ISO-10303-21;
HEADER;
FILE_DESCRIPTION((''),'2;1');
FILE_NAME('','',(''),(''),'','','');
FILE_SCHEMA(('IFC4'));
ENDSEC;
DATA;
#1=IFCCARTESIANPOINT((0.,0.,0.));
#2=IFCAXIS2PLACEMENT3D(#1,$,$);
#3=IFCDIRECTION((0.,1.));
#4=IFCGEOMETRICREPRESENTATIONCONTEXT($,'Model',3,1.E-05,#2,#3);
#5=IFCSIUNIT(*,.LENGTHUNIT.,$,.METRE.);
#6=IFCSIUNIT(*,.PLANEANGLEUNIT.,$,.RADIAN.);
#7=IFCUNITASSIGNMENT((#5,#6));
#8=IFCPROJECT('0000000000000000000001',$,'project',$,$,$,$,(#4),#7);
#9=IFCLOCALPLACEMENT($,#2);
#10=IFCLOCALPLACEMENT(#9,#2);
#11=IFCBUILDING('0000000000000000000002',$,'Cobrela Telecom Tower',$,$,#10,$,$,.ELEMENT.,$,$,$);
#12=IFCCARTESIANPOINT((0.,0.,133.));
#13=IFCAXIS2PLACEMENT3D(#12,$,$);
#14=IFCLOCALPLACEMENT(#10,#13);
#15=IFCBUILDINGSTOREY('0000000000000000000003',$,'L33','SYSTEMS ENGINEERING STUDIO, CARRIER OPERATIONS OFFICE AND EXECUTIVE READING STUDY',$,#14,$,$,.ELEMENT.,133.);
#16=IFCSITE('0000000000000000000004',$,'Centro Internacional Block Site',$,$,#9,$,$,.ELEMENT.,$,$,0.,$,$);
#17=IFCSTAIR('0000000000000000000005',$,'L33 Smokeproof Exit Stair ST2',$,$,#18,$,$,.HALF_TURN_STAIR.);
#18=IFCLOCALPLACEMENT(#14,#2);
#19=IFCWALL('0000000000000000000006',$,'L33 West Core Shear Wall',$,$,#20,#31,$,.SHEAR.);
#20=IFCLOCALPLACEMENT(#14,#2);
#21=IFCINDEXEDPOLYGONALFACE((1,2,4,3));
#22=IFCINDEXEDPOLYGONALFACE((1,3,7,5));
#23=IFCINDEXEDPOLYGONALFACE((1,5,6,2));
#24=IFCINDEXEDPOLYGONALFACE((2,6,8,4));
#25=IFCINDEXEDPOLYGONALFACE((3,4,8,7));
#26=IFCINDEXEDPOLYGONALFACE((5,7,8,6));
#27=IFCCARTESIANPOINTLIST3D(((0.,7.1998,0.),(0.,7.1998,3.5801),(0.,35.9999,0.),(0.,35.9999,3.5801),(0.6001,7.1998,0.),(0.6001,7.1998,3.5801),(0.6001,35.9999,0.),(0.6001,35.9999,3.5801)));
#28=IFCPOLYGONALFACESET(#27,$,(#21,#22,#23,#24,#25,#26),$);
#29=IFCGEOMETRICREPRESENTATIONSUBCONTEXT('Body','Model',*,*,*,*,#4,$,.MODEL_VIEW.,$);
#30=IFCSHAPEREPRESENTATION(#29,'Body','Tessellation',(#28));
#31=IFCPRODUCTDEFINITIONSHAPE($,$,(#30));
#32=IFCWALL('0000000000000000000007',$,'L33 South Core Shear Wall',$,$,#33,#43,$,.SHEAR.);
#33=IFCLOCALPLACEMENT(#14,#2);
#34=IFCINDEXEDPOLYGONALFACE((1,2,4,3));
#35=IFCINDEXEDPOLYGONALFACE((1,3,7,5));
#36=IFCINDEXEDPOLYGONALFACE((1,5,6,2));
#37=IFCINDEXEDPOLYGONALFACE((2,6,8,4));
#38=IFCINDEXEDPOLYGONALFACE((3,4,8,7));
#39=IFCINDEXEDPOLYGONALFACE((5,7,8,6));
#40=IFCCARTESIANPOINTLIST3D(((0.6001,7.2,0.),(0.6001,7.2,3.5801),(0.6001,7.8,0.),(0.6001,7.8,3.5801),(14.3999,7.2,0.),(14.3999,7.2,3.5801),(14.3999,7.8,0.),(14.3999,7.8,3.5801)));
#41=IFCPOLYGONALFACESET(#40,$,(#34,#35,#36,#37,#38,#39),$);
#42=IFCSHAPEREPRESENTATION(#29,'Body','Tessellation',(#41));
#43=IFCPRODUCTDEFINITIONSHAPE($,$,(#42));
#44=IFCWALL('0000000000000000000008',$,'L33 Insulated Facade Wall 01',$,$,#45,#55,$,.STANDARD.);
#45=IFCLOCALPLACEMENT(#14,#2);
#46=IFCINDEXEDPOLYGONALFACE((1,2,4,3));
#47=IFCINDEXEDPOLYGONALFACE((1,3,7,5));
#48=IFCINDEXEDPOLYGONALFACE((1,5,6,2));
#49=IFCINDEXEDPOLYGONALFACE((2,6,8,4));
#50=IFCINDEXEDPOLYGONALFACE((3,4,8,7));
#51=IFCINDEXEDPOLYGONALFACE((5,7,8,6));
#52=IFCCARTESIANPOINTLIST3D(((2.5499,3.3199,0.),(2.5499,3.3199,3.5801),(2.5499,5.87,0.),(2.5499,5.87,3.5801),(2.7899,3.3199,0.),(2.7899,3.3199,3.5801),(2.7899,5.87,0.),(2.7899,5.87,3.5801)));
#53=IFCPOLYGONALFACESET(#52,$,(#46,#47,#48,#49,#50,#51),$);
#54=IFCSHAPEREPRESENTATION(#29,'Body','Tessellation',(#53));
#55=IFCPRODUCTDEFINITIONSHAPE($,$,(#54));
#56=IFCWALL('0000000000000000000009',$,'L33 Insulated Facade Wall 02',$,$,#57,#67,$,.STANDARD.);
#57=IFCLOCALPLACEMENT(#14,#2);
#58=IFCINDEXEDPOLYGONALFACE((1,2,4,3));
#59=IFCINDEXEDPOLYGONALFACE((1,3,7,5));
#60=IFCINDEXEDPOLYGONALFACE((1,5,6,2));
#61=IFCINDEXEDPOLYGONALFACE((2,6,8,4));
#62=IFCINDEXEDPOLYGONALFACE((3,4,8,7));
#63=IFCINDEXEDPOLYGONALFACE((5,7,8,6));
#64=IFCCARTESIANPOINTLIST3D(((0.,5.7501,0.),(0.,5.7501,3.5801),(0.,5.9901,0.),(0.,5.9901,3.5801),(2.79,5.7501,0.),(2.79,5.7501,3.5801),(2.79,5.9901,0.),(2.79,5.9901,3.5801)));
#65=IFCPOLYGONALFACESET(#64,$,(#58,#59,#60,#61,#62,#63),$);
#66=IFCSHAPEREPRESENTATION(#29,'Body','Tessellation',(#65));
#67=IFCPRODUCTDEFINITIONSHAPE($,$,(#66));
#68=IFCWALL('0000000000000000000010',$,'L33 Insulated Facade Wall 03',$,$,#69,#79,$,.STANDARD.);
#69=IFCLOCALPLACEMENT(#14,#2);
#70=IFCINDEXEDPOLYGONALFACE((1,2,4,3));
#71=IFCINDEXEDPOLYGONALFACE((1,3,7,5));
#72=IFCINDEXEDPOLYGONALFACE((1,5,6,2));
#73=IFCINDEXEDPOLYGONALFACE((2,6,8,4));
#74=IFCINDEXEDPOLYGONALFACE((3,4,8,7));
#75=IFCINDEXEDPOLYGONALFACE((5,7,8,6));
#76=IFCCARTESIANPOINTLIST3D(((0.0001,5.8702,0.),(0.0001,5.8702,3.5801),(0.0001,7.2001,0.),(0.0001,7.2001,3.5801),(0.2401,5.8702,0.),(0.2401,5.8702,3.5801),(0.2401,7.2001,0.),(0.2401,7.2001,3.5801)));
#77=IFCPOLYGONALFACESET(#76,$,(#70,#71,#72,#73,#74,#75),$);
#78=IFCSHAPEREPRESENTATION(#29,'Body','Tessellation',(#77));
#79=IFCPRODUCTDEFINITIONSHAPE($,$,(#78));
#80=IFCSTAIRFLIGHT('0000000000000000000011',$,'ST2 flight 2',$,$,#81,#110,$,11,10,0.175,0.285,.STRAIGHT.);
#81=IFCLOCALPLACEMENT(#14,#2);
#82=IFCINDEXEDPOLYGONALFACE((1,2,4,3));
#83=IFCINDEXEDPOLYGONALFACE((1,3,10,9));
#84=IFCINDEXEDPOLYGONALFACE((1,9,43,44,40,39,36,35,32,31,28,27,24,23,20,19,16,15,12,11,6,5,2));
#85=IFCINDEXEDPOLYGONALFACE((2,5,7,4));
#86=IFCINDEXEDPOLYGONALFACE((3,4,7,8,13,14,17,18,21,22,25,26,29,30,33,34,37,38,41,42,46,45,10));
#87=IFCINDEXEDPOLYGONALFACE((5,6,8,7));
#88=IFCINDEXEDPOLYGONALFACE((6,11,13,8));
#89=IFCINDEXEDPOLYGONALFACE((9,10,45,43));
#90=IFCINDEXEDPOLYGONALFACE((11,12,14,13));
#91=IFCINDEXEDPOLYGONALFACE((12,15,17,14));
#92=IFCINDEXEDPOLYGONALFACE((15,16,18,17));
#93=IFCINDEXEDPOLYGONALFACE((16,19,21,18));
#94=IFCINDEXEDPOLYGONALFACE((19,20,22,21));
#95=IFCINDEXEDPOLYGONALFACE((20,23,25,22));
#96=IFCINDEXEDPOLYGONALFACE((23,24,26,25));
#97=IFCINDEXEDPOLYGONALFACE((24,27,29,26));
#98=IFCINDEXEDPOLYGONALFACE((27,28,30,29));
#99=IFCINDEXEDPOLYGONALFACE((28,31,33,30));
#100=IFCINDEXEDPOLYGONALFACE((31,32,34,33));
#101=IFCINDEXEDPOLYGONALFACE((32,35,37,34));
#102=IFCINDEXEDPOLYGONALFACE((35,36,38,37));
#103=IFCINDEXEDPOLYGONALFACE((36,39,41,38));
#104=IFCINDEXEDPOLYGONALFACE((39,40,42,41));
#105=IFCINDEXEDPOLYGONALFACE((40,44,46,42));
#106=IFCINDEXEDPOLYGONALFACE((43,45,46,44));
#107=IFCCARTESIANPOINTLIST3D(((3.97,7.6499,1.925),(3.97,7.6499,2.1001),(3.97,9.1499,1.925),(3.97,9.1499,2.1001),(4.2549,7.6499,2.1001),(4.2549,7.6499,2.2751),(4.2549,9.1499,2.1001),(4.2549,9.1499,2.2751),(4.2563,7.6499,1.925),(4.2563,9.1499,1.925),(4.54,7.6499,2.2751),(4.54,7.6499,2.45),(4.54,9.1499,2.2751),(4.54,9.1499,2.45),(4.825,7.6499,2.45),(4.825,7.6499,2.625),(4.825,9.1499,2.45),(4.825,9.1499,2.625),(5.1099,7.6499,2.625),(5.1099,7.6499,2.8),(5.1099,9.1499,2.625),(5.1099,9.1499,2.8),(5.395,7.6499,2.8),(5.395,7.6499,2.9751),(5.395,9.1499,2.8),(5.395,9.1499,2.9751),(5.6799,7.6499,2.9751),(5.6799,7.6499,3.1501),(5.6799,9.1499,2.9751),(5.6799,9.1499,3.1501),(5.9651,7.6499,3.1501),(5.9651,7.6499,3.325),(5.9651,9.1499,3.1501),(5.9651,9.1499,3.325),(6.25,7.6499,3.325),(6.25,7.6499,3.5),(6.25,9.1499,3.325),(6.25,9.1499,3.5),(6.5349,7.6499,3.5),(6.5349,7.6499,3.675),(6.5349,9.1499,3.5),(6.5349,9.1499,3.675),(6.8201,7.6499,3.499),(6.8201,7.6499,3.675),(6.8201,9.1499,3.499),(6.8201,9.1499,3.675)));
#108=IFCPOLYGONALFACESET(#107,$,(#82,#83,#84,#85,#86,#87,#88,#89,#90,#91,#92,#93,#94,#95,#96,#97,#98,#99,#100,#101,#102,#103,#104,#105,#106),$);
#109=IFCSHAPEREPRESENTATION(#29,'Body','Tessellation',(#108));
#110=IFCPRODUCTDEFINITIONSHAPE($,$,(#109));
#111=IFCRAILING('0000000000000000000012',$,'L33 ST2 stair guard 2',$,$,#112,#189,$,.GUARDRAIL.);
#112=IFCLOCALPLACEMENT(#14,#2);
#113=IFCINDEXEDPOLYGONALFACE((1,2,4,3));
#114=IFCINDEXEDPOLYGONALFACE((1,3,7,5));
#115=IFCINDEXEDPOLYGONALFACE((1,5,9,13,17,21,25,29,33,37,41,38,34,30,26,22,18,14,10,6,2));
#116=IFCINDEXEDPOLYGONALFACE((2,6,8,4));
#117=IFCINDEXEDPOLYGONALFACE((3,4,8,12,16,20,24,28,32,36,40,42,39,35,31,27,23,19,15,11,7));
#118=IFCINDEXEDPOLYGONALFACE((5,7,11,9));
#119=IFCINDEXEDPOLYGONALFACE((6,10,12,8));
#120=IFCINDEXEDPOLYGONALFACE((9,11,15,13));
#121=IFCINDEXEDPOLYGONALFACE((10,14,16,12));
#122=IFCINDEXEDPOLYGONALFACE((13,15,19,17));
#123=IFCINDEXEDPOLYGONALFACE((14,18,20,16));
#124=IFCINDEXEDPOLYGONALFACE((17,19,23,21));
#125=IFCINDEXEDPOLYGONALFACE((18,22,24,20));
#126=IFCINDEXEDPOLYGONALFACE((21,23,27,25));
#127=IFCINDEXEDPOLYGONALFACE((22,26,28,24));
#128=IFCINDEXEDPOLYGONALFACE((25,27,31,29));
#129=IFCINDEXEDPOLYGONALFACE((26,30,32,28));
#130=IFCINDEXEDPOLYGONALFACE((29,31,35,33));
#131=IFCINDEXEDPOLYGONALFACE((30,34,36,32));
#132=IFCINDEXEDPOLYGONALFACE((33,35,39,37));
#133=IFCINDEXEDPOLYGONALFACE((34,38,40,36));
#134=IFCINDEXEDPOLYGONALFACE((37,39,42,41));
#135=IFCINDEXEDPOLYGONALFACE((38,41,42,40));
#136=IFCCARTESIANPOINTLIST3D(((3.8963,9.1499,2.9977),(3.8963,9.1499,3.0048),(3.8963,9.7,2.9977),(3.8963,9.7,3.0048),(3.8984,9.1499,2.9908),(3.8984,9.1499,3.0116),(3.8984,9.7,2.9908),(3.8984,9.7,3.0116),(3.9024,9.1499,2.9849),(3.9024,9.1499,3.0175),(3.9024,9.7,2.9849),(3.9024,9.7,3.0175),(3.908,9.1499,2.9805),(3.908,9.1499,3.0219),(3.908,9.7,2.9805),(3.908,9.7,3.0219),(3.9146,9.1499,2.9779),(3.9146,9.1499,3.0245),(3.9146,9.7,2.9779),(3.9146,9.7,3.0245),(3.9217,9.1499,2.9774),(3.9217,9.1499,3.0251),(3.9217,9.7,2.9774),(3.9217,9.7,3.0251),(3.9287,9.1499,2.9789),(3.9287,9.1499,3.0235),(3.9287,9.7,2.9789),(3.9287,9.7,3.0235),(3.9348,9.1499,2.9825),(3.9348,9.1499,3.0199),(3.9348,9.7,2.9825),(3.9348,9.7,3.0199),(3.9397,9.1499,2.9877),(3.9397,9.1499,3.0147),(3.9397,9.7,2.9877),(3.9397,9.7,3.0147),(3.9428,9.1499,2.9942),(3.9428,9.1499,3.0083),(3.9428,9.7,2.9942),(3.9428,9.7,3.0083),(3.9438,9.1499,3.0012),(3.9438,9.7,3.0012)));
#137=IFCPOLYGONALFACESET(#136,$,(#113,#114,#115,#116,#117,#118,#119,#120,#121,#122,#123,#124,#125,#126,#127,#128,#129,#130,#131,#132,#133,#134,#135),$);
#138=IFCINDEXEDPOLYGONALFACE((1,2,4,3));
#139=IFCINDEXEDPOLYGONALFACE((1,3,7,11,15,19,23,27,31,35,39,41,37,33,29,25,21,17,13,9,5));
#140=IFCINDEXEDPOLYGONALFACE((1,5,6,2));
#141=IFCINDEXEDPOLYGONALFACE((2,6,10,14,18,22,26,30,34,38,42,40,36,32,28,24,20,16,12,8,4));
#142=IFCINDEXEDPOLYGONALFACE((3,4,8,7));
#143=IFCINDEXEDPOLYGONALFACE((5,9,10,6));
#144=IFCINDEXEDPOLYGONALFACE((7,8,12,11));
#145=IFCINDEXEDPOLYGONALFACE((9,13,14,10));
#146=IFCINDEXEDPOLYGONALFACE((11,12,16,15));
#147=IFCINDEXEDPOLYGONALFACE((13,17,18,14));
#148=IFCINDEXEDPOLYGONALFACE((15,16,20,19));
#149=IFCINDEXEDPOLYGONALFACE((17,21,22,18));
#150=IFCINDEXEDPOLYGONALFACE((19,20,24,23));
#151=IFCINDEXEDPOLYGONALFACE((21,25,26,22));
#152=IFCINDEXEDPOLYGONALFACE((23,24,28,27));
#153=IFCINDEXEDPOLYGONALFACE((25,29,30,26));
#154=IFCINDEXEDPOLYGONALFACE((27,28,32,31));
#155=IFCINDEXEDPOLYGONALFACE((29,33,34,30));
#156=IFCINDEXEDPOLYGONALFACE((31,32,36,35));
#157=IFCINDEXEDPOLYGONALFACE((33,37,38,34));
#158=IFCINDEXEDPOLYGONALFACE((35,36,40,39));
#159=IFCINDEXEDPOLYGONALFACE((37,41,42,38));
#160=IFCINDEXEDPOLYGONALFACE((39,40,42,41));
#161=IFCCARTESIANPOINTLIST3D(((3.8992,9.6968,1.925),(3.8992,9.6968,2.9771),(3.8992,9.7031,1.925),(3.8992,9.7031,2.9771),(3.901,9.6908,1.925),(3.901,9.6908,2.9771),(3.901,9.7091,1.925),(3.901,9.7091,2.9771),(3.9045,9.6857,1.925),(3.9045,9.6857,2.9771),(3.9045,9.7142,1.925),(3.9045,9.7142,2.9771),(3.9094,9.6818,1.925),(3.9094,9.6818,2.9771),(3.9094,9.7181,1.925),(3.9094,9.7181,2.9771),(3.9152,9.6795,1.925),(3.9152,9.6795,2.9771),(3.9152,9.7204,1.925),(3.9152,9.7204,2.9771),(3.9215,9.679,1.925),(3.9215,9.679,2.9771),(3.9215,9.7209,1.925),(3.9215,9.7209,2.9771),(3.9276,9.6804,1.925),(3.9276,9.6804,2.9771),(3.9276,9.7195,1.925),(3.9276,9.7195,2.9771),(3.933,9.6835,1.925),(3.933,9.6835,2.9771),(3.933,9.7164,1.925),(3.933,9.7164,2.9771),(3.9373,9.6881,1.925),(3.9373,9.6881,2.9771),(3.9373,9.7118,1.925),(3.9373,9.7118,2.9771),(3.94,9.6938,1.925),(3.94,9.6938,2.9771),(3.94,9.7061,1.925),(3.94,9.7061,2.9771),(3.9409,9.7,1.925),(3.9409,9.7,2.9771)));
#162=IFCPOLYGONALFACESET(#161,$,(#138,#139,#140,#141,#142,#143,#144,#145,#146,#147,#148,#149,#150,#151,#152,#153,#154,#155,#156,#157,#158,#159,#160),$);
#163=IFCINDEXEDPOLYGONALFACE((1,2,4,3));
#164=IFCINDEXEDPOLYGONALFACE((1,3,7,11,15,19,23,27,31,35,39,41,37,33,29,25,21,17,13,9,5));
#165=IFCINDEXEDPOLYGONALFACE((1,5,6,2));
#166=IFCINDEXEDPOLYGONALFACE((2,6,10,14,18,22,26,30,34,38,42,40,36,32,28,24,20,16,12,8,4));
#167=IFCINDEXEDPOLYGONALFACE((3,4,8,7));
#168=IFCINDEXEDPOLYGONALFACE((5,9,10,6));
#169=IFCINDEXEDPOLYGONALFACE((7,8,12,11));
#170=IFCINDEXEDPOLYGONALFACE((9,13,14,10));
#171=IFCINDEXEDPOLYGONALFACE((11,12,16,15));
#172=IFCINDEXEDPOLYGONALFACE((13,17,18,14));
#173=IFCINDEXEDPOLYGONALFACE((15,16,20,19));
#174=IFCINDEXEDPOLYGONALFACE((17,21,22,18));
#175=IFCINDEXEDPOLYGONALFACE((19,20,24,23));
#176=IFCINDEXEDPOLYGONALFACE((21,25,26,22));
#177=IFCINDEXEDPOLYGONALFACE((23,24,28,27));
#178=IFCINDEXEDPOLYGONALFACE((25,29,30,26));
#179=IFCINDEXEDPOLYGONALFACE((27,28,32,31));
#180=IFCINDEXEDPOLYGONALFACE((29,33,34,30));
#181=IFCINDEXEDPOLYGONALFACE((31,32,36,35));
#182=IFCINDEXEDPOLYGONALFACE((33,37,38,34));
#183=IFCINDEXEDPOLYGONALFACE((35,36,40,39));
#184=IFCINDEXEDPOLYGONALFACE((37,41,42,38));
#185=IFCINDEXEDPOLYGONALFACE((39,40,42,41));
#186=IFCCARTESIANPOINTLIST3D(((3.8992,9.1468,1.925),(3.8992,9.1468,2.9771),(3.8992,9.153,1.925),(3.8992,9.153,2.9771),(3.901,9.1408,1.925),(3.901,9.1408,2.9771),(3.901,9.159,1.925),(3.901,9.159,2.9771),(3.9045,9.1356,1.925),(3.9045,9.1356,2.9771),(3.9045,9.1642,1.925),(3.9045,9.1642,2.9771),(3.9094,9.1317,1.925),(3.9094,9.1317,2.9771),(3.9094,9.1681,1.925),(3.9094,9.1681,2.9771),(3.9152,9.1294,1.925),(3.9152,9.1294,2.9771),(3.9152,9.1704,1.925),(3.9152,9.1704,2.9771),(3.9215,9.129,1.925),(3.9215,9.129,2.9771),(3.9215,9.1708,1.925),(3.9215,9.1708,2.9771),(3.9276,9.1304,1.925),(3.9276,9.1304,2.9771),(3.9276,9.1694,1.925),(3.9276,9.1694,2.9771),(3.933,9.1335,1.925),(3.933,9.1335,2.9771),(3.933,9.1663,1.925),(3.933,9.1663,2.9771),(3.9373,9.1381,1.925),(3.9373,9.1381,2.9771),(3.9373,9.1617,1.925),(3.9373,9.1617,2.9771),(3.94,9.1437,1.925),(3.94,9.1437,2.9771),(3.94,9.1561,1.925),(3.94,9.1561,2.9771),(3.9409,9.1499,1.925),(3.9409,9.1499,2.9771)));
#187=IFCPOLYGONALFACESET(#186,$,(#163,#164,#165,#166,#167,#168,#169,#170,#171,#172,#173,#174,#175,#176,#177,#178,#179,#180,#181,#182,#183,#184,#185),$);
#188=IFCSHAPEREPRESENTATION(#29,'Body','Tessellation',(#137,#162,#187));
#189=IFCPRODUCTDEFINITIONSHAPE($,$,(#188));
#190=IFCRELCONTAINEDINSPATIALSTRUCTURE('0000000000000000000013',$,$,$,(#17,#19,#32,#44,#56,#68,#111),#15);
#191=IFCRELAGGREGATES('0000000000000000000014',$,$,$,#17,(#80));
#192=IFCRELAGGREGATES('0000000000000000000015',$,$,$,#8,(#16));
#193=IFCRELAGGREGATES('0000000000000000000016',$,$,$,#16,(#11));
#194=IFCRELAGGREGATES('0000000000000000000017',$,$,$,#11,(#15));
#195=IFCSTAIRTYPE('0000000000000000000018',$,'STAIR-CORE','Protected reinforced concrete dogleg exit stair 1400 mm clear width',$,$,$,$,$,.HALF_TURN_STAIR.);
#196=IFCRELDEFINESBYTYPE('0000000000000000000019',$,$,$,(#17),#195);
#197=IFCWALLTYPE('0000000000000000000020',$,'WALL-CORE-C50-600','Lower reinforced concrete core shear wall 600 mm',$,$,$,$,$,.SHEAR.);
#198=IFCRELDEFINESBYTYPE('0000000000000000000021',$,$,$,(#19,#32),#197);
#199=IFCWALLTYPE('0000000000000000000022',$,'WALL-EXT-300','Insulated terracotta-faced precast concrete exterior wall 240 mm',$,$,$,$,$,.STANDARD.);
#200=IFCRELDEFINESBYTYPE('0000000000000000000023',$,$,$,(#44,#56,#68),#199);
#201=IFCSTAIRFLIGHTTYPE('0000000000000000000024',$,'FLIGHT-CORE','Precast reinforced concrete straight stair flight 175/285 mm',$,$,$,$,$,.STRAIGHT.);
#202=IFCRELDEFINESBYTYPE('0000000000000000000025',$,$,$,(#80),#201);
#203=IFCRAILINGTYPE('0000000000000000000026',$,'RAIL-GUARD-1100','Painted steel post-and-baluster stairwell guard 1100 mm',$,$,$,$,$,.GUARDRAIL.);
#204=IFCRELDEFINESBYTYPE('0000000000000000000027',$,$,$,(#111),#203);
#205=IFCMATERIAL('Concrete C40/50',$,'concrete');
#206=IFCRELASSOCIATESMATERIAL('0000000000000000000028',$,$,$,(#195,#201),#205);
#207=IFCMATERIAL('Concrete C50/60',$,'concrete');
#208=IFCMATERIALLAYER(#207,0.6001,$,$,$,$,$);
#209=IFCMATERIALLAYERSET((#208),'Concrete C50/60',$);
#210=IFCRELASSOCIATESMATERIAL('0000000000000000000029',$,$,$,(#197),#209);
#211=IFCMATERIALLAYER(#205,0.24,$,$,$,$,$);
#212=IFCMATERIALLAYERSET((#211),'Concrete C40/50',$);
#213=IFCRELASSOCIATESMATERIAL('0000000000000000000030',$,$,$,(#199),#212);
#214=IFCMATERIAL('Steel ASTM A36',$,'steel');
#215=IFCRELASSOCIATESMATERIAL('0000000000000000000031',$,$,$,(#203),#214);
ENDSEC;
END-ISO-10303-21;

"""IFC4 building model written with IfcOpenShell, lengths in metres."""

from ifc_helpers import new_model, si_unit, direction, frame, frame_2d, origin, origin_2d, place, context, subcontext, project, spatial, polyline, rectangle, circle, outline, extrude, material, layer, layer_set, type_object, element, aggregate, save


model = new_model("IFC4")

# Units and contexts
model_context = context("Model", 3, precision=1e-05, world=origin(), true_north=direction((0.0, 1.0)))
body_context = subcontext(model_context, "Body", "Model", "MODEL_VIEW")
ifc_project = project(units=[si_unit("LENGTHUNIT", "METRE"), si_unit("PLANEANGLEUNIT", "RADIAN")], contexts=[model_context])

# Site, building, storey
site_placement = place(None, origin())
site = spatial("IfcSite", under=ifc_project, at=site_placement, Name="Centro Internacional Block Site", CompositionType="ELEMENT", RefElevation=0.0)
building_placement = place(site_placement, origin())
building = spatial("IfcBuilding", under=site, at=building_placement, Name="Cobrela Telecom Tower", CompositionType="ELEMENT")
storey_placement = place(building_placement, frame((0.0, 0.0, 133.0)))
storey = spatial("IfcBuildingStorey", under=building, at=storey_placement, Name="L33", Description="SYSTEMS ENGINEERING STUDIO, CARRIER OPERATIONS OFFICE AND EXECUTIVE READING STUDY", CompositionType="ELEMENT", Elevation=133.0)

# Shared definitions
ifc_material_1 = material(Name="Concrete C40/50", Category="concrete")

# Stair
stair_type = type_object("IfcStairType", Name="STAIR-CORE", Description="Protected reinforced concrete dogleg exit stair 1400 mm clear width", PredefinedType="HALF_TURN_STAIR", material=ifc_material_1)
stair_1_placement = place(storey_placement, origin())
stair_1 = element("IfcStair", 1, at=stair_1_placement, inside=storey, type_object=stair_type, Name="L33 Smokeproof Exit Stair ST2", PredefinedType="HALF_TURN_STAIR")

# Walls
ifc_material_2 = material(Name="Concrete C50/60", Category="concrete")
ifc_layer_1 = layer(ifc_material_2, 0.6001)
ifc_layer_set_1 = layer_set([ifc_layer_1], Name="Concrete C50/60")
wall_type_1 = type_object("IfcWallType", Name="WALL-CORE-C50-600", Description="Lower reinforced concrete core shear wall 600 mm", PredefinedType="SHEAR", material=ifc_layer_set_1)
wall_1_placement = place(storey_placement, frame((0.3, 7.2, 0.0), z_axis=(0.0, 0.0, 1.0), x_axis=(0.0, 1.0, 0.0)))
element("IfcWall", 2, at=wall_1_placement, inside=storey, type_object=wall_type_1, Name="L33 West Core Shear Wall", PredefinedType="SHEAR", context=body_context, shape_type="SweptSolid", body=[
    extrude(rectangle(XDim=28.8, YDim=0.6001, at=frame_2d((14.3999, 0.0))), origin(), (0.0, 0.0, 1.0), 3.5801),
])
wall_2_placement = place(storey_placement, frame((0.6001, 7.5, 0.0), z_axis=(0.0, 0.0, 1.0), x_axis=(1.0, 0.0, 0.0)))
element("IfcWall", 3, at=wall_2_placement, inside=storey, type_object=wall_type_1, Name="L33 South Core Shear Wall", PredefinedType="SHEAR", context=body_context, shape_type="SweptSolid", body=[
    extrude(rectangle(XDim=13.7998, YDim=0.6001, at=frame_2d((6.8999, 0.0))), origin(), (0.0, 0.0, 1.0), 3.5801),
])
ifc_layer_2 = layer(ifc_material_1, 0.24)
ifc_layer_set_2 = layer_set([ifc_layer_2], Name="Concrete C40/50")
wall_type_2 = type_object("IfcWallType", Name="WALL-EXT-300", Description="Insulated terracotta-faced precast concrete exterior wall 240 mm", PredefinedType="STANDARD", material=ifc_layer_set_2)
wall_3_placement = place(storey_placement, frame((2.6699, 3.3201, 0.0), z_axis=(0.0, 0.0, 1.0), x_axis=(0.0, 1.0, 0.0)))
element("IfcWall", 4, at=wall_3_placement, inside=storey, type_object=wall_type_2, Name="L33 Insulated Facade Wall 01", PredefinedType="STANDARD", context=body_context, shape_type="SweptSolid", body=[
    extrude(rectangle(XDim=2.55, YDim=0.24, at=frame_2d((1.2749, 0.0))), origin(), (0.0, 0.0, 1.0), 3.5801),
])
wall_4_placement = place(storey_placement, frame((2.79, 5.8701, 0.0), z_axis=(0.0, 0.0, 1.0), x_axis=(-1.0, 0.0, 0.0)))
element("IfcWall", 5, at=wall_4_placement, inside=storey, type_object=wall_type_2, Name="L33 Insulated Facade Wall 02", PredefinedType="STANDARD", context=body_context, shape_type="SweptSolid", body=[
    extrude(rectangle(XDim=2.79, YDim=0.24, at=frame_2d((1.395, 0.0))), origin(), (0.0, 0.0, 1.0), 3.5801),
])
wall_5_placement = place(storey_placement, frame((0.1201, 5.8701, 0.0), z_axis=(0.0, 0.0, 1.0), x_axis=(0.0, 1.0, 0.0)))
element("IfcWall", 6, at=wall_5_placement, inside=storey, type_object=wall_type_2, Name="L33 Insulated Facade Wall 03", PredefinedType="STANDARD", context=body_context, shape_type="SweptSolid", body=[
    extrude(rectangle(XDim=1.3298, YDim=0.24, at=frame_2d((0.665, 0.0))), origin(), (0.0, 0.0, 1.0), 3.5801),
])

# Stair flight
stair_flight_type = type_object("IfcStairFlightType", Name="FLIGHT-CORE", Description="Precast reinforced concrete straight stair flight 175/285 mm", PredefinedType="STRAIGHT", material=ifc_material_1)
stair_flight_placement = place(storey_placement, frame((3.97, 8.3999, 1.925), z_axis=(0.0, 0.0, 1.0), x_axis=(1.0, 0.0, 0.0)))
stair_flight = element("IfcStairFlight", 7, at=stair_flight_placement, type_object=stair_flight_type, Name="ST2 flight 2", NumberOfRisers=11, NumberOfTreads=10, PredefinedType="STRAIGHT", RiserHeight=0.175, TreadLength=0.285, context=body_context, shape_type="SweptSolid", body=[
    extrude(outline(polyline([(0.0, 0.0), (0.0, 0.175), (0.2849, 0.175), (0.2849, 0.3501), (0.5701, 0.3501), (0.5701, 0.5249), (0.855, 0.5249), (0.855, 0.7), (1.1399, 0.7), (1.1399, 0.875), (1.425, 0.875), (1.425, 1.05), (1.71, 1.05), (1.71, 1.2251), (1.9951, 1.2251), (1.9951, 1.3999), (2.28, 1.3999), (2.28, 1.575), (2.5649, 1.575), (2.5649, 1.75), (2.8501, 1.75), (2.8501, 1.925), (2.8501, 1.574), (0.2864, 0.0), (0.0, 0.0)])), frame((0.0, 0.75, 0.0), z_axis=(0.0, -1.0, 0.0), x_axis=(1.0, 0.0, 0.0)), (0.0, 0.0, 1.0), 1.5),
])
aggregate(stair_1, [stair_flight])

# Railing
ifc_material_3 = material(Name="Steel ASTM A36", Category="steel")
railing_type_1 = type_object("IfcRailingType", Name="RAIL-GUARD-1100", Description="Painted steel post-and-baluster stairwell guard 1100 mm", PredefinedType="GUARDRAIL", material=ifc_material_3)
railing_1_placement = place(storey_placement, frame((3.9199, 9.7, 1.925)))
element("IfcRailing", 8, at=railing_1_placement, inside=storey, type_object=railing_type_1, Name="L33 ST2 stair guard 2", PredefinedType="GUARDRAIL", context=body_context, shape_type="SweptSolid", body=[
    extrude(circle(Radius=0.0239, at=origin_2d()), frame((0.0, 0.0, 1.0762), z_axis=(0.0, -1.0, 0.0), x_axis=(1.0, 0.0, 0.0)), (0.0, 0.0, 1.0), 0.55),
    extrude(circle(Radius=0.021, at=origin_2d()), origin(), (0.0, 0.0, 1.0), 1.052),
    extrude(circle(Radius=0.021, at=origin_2d()), frame((0.0, -0.55, 0.0)), (0.0, 0.0, 1.0), 1.052),
])

save(model, "model.ifc")
